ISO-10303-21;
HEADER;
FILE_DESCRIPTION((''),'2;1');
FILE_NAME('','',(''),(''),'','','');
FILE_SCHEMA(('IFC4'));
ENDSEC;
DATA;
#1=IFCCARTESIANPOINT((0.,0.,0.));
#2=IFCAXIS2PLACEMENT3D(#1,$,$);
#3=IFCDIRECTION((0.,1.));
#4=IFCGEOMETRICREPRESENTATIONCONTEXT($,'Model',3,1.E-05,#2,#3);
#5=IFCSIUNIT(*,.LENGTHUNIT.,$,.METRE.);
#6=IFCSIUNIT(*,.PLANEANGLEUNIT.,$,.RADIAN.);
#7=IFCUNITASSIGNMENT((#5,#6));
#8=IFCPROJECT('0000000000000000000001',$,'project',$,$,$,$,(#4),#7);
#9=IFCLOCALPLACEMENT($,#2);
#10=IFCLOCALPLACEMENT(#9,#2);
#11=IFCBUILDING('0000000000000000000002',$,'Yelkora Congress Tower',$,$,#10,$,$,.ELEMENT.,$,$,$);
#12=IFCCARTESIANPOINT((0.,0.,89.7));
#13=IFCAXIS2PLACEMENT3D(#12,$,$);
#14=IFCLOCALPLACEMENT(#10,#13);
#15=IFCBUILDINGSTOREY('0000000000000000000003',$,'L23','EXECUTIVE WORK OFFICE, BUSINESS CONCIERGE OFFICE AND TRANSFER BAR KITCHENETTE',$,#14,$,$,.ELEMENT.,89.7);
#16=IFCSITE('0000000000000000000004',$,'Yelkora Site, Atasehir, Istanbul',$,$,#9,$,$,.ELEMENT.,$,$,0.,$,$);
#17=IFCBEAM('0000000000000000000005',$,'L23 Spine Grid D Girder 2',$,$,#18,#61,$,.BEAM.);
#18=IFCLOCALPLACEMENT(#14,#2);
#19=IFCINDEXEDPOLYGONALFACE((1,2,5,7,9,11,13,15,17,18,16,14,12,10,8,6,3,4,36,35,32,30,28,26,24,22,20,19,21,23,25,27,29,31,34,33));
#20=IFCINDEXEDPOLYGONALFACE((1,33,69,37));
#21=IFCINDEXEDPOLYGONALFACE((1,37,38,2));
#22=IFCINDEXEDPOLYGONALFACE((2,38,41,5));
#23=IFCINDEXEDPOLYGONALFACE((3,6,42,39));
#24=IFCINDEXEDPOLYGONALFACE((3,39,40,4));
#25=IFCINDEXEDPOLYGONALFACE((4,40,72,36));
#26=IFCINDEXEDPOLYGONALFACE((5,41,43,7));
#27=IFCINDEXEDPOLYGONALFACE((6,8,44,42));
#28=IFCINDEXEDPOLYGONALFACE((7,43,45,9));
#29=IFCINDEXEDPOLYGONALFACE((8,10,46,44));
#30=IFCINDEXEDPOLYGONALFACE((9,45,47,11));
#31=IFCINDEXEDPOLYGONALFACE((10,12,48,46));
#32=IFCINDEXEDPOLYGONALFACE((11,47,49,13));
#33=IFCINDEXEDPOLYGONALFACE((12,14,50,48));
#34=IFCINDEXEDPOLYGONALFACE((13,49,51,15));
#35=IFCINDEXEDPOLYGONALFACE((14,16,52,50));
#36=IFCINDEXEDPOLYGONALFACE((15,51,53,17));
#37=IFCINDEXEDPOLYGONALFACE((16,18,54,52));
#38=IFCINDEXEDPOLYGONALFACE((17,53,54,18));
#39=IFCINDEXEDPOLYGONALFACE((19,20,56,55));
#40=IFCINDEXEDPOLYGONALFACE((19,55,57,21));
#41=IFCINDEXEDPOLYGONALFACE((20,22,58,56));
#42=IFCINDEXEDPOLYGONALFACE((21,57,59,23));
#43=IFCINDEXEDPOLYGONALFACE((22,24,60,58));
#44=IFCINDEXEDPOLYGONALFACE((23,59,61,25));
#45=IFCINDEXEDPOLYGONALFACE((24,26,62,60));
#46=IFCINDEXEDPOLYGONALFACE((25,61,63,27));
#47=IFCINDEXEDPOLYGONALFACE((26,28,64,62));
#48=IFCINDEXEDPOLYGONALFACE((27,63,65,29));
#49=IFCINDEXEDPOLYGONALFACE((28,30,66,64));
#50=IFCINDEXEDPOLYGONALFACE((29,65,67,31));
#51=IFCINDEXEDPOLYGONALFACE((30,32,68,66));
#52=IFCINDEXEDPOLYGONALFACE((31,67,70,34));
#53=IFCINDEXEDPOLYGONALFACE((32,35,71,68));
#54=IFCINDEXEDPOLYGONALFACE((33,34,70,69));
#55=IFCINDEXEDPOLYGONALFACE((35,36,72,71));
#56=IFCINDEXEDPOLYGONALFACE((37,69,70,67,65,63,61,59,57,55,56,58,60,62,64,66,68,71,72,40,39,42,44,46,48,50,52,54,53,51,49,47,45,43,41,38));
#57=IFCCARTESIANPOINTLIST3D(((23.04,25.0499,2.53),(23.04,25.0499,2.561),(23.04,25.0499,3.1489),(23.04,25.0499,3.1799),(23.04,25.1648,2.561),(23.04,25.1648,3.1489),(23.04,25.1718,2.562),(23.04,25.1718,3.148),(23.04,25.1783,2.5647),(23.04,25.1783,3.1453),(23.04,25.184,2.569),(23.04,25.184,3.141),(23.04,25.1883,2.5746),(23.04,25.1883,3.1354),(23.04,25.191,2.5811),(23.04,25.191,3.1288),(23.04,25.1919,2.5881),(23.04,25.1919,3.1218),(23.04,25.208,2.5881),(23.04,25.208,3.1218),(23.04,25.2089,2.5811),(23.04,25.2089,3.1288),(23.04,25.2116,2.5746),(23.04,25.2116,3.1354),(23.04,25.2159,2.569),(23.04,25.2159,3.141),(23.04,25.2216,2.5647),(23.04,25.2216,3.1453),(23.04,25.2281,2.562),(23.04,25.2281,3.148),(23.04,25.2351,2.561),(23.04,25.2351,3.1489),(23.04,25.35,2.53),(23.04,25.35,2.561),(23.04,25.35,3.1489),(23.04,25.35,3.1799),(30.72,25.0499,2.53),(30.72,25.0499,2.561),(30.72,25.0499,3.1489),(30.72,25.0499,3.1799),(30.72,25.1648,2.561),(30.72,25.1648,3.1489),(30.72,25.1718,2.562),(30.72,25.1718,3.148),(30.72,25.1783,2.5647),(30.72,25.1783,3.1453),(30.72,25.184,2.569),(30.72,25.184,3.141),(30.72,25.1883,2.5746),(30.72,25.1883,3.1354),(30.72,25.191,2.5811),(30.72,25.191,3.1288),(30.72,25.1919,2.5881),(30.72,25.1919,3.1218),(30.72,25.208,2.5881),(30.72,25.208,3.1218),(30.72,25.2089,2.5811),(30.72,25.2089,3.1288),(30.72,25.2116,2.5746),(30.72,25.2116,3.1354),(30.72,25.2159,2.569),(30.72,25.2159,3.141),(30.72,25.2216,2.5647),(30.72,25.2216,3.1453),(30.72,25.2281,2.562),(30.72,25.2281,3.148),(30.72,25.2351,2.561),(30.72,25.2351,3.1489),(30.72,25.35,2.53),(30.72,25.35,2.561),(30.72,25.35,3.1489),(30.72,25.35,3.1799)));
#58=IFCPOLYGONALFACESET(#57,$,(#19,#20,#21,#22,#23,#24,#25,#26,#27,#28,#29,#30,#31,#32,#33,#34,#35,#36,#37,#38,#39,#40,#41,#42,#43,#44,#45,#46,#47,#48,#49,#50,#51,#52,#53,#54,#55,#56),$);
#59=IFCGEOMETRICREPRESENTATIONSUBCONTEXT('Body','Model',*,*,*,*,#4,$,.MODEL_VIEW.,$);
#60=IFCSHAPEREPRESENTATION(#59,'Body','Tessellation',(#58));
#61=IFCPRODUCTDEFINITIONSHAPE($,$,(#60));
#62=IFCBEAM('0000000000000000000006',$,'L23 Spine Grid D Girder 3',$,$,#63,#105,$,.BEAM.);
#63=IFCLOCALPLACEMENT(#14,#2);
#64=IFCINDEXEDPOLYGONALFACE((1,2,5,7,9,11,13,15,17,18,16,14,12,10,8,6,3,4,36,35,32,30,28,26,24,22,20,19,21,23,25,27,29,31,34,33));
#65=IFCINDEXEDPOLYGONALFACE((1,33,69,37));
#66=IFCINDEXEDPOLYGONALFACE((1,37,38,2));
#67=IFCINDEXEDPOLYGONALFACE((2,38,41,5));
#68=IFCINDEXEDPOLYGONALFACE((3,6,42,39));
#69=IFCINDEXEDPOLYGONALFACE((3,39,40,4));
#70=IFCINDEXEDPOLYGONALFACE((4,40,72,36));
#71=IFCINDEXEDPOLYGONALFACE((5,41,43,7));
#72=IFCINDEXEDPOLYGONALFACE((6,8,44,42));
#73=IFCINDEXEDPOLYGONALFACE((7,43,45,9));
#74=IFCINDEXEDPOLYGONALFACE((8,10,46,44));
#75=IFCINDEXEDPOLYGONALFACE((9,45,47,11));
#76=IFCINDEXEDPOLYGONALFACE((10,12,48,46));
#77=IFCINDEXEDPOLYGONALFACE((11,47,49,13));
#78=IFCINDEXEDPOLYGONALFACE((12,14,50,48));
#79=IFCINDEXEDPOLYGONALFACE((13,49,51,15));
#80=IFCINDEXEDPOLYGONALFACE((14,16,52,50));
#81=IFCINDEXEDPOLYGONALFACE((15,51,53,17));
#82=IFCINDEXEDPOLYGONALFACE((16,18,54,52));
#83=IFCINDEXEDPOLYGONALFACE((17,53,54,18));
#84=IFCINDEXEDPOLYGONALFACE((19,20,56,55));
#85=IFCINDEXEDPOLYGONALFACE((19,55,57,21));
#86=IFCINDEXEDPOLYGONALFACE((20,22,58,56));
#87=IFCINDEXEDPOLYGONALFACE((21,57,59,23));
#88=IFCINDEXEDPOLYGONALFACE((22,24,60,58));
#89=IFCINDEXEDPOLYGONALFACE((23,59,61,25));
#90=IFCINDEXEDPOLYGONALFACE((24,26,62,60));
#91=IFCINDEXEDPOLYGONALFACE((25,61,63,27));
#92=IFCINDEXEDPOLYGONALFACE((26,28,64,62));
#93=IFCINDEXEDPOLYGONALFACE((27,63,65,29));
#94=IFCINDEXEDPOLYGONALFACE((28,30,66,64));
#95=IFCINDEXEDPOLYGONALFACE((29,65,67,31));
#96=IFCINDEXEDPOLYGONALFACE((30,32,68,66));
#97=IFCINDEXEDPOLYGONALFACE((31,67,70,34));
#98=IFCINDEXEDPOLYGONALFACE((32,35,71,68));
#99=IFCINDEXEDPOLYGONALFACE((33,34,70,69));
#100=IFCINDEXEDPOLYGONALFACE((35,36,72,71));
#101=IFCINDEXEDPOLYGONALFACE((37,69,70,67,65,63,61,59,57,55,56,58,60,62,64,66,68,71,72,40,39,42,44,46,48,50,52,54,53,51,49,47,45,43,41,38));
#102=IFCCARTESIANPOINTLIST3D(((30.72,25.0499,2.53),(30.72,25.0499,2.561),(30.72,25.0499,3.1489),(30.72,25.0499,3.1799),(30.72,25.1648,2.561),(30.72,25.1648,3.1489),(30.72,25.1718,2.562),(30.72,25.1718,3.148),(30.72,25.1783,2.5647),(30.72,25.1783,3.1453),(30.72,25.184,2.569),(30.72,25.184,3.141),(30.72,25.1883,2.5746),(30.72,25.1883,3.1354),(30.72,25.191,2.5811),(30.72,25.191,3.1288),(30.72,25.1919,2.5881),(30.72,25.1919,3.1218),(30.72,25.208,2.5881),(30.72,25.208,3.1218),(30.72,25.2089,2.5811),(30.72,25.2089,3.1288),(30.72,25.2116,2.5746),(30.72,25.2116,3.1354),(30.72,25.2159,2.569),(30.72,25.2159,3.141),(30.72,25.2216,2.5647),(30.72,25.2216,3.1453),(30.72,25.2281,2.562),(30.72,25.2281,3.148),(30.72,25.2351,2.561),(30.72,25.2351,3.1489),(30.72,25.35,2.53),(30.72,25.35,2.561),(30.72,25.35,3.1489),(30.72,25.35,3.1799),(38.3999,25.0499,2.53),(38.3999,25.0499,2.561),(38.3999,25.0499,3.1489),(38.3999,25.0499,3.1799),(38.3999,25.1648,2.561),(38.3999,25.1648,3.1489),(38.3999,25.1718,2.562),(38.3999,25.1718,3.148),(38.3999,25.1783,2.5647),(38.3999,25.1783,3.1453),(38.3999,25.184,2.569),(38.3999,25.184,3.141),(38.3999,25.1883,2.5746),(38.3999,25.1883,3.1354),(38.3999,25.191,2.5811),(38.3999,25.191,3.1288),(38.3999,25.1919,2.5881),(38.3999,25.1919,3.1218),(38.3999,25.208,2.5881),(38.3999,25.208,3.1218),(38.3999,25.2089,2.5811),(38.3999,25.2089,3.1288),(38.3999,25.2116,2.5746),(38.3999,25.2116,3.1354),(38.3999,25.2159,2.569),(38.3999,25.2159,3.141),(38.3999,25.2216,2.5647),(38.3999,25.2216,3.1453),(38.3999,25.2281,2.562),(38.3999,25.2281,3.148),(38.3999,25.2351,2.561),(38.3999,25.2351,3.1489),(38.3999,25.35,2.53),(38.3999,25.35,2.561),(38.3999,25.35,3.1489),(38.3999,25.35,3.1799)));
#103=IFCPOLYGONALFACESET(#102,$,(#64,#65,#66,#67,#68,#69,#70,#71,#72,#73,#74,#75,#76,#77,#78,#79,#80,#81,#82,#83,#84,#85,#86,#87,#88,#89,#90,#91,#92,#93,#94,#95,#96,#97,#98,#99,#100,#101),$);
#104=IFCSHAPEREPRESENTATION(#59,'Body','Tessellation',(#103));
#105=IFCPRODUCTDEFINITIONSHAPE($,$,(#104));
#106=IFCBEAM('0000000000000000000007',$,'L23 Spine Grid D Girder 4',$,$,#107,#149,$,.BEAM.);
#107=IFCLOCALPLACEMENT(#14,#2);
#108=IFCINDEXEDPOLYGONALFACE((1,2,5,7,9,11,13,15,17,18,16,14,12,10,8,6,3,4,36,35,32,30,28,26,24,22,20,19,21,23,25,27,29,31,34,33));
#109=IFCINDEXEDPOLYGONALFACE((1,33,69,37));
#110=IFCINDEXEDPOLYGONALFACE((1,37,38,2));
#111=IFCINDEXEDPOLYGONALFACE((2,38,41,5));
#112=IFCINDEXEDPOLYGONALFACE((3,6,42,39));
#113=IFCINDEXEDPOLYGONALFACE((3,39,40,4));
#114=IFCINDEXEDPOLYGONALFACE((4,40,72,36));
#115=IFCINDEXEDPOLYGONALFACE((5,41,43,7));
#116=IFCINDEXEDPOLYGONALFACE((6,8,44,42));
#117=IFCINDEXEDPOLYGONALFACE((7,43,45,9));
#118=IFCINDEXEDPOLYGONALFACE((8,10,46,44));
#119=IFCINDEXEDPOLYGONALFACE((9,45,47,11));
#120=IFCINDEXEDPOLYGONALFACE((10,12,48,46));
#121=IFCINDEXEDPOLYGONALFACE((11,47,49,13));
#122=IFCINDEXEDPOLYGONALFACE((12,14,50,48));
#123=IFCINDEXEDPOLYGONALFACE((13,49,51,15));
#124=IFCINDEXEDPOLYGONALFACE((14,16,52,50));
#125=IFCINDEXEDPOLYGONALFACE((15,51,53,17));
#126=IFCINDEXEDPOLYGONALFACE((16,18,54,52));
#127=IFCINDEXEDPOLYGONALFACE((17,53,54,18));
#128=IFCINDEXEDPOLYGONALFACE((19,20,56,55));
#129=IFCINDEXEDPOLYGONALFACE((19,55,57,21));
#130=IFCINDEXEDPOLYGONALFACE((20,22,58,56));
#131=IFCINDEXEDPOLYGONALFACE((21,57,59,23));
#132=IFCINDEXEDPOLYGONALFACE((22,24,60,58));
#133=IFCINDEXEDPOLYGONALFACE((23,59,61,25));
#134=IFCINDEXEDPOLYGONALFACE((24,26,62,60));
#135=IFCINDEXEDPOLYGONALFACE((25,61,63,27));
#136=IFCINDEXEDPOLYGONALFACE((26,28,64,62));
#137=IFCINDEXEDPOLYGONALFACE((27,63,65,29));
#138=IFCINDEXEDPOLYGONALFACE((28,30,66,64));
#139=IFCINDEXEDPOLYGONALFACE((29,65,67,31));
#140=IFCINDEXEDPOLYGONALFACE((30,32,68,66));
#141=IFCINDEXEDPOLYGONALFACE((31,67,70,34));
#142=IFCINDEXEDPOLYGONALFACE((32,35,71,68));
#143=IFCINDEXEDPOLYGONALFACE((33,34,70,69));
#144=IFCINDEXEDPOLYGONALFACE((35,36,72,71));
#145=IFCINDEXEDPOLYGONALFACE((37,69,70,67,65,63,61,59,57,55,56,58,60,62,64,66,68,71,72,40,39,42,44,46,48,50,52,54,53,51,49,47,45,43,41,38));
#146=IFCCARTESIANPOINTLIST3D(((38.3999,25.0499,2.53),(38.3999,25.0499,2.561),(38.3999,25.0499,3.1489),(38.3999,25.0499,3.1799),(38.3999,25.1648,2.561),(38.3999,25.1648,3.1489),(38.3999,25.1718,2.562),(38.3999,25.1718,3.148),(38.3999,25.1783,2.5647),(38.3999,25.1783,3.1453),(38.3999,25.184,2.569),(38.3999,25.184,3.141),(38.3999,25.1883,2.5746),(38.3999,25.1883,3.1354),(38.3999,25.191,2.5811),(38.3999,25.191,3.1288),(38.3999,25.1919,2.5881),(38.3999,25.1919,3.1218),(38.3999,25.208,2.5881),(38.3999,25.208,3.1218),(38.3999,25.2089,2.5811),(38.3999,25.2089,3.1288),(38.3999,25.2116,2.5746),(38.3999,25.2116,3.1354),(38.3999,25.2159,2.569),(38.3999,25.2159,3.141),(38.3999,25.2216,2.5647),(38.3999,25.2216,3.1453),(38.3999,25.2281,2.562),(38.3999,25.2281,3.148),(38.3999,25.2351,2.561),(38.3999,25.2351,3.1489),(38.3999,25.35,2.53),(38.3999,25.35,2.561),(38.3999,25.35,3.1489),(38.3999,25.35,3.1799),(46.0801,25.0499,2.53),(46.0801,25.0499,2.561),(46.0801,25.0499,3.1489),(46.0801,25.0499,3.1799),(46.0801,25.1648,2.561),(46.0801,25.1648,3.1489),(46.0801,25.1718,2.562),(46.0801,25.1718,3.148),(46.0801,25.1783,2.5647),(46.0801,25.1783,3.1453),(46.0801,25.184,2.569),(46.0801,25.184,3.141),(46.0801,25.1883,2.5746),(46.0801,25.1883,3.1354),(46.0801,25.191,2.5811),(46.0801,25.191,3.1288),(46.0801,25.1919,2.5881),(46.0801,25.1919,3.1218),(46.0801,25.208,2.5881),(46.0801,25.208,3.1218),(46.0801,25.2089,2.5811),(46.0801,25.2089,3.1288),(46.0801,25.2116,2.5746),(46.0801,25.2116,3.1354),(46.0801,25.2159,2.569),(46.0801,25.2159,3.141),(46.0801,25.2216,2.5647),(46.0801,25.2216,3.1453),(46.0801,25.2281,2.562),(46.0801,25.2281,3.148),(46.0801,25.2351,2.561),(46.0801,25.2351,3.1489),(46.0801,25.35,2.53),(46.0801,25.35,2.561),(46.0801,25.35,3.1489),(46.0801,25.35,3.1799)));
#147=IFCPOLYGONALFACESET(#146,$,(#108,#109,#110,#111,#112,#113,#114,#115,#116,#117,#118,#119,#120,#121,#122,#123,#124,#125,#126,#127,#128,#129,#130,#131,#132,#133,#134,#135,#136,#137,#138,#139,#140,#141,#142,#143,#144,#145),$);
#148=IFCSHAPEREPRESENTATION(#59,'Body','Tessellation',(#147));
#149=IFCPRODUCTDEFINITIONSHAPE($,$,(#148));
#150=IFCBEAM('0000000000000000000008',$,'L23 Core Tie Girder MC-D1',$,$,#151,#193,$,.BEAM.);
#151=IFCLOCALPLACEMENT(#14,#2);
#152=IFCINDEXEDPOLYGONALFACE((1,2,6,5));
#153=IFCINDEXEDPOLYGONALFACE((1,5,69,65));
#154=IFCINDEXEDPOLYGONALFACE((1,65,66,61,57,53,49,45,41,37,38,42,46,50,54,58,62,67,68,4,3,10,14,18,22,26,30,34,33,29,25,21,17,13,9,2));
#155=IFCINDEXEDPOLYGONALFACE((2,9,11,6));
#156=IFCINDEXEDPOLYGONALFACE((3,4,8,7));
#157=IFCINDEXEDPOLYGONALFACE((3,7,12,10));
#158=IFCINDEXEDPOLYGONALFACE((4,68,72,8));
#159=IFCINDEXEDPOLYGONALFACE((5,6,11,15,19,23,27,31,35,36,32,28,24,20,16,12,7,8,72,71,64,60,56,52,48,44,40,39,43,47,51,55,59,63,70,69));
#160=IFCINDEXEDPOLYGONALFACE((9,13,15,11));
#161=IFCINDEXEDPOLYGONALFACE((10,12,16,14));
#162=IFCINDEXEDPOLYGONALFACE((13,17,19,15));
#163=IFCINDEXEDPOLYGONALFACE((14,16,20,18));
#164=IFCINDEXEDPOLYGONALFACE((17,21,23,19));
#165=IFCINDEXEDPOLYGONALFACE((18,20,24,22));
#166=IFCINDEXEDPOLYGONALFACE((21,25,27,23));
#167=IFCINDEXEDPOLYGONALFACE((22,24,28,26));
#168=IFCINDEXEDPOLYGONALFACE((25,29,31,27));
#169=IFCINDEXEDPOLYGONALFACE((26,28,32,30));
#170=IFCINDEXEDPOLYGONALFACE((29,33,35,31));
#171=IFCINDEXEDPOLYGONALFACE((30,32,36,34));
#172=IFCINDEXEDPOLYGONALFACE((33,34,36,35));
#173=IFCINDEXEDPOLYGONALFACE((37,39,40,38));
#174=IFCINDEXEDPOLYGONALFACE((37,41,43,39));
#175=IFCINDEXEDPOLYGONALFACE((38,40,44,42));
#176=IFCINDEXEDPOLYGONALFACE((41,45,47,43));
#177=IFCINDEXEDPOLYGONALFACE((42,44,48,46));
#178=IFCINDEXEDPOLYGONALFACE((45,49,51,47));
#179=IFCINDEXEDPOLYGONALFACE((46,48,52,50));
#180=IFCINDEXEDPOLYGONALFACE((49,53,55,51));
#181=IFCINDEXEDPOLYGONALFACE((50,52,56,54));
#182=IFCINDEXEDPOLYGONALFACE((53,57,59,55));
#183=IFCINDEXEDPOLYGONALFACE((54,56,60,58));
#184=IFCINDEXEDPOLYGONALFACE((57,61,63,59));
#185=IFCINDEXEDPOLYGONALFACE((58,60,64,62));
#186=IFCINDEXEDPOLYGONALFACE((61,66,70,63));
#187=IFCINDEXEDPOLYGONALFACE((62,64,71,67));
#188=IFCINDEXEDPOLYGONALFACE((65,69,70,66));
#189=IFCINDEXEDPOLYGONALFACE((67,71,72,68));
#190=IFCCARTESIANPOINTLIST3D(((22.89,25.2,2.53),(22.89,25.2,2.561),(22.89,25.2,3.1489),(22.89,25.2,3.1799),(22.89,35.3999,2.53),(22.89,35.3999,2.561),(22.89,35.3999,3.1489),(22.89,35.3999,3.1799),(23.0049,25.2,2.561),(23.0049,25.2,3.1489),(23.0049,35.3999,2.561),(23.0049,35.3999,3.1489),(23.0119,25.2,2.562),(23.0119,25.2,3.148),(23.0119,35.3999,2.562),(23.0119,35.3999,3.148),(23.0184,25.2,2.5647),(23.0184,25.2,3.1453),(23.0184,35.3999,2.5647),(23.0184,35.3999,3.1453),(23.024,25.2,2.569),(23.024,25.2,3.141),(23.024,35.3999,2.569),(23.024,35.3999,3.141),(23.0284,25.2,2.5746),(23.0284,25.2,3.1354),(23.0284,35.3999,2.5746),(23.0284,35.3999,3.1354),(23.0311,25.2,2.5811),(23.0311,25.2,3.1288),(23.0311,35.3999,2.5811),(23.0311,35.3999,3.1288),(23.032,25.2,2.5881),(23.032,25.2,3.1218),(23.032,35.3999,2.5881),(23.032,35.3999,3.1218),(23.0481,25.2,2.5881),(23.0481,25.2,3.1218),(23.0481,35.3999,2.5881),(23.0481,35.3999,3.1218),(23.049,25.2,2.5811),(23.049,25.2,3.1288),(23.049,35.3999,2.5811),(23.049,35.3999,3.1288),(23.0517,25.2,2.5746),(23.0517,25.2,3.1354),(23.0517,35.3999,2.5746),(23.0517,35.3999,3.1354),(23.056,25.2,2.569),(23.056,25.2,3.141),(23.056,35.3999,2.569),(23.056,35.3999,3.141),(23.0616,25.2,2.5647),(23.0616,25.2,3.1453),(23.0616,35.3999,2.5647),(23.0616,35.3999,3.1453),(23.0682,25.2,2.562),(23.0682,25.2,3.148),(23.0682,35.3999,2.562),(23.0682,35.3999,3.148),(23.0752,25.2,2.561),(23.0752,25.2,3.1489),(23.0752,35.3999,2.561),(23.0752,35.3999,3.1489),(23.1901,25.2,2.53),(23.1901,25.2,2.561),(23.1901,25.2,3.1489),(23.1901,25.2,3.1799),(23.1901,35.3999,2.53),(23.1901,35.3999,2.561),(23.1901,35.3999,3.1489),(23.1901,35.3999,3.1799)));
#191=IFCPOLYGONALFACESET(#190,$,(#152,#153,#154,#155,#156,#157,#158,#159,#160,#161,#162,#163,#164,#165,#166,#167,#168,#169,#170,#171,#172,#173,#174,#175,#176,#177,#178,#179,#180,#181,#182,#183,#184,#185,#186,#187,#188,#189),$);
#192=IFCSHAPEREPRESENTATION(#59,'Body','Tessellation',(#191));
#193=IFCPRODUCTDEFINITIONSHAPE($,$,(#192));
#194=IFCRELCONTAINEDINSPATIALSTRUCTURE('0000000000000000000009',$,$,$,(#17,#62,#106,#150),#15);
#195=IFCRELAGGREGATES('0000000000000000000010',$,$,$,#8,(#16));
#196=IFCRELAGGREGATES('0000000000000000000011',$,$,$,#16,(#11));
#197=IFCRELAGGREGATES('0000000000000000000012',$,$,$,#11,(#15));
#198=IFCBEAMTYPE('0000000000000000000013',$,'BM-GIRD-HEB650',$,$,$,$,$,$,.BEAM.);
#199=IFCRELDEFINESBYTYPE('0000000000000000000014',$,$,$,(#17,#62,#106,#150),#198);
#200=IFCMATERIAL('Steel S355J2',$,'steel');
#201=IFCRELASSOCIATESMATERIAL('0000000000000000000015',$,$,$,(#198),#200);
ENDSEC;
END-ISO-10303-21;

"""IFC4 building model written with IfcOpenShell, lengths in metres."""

from ifc_helpers import new_model, si_unit, direction, frame, origin, origin_2d, place, context, subcontext, project, spatial, i_section, extrude, material, material_profile, profile_set, type_object, element, save


model = new_model("IFC4")

# Units and contexts
model_context = context("Model", 3, precision=1e-05, world=origin(), true_north=direction((0.0, 1.0)))
body_context = subcontext(model_context, "Body", "Model", "MODEL_VIEW")
ifc_project = project(units=[si_unit("LENGTHUNIT", "METRE"), si_unit("PLANEANGLEUNIT", "RADIAN")], contexts=[model_context])

# Site, building, storey
site_placement = place(None, origin())
site = spatial("IfcSite", under=ifc_project, at=site_placement, Name="Yelkora Site, Atasehir, Istanbul", CompositionType="ELEMENT", RefElevation=0.0)
building_placement = place(site_placement, origin())
building = spatial("IfcBuilding", under=site, at=building_placement, Name="Yelkora Congress Tower", CompositionType="ELEMENT")
storey_placement = place(building_placement, frame((0.0, 0.0, 89.7)))
storey = spatial("IfcBuildingStorey", under=building, at=storey_placement, Name="L23", Description="EXECUTIVE WORK OFFICE, BUSINESS CONCIERGE OFFICE AND TRANSFER BAR KITCHENETTE", CompositionType="ELEMENT", Elevation=89.7)

# Beams
ifc_material_1 = material(Name="Steel S355J2", Category="steel")
ifc_material_profile_1 = material_profile(ifc_material_1, i_section(OverallWidth=0.3, OverallDepth=0.6499, WebThickness=0.0161, FlangeThickness=0.031, FilletRadius=0.0271, at=origin_2d()), Name="HEB 650")
ifc_profile_set_1 = profile_set([ifc_material_profile_1], Name="Steel S355J2")
beam_type_1 = type_object("IfcBeamType", Name="BM-GIRD-HEB650", PredefinedType="BEAM", material=ifc_profile_set_1)
for number, where, z_axis, x_axis, name in (
    (1, (23.04, 25.2, 2.855), (1.0, 0.0, 0.0), (0.0, 1.0, 0.0), "L23 Spine Grid D Girder 2"),
    (2, (30.72, 25.2, 2.855), (1.0, 0.0, 0.0), (0.0, 1.0, 0.0), "L23 Spine Grid D Girder 3"),
):
    element("IfcBeam", number, at=place(storey_placement, frame(where, z_axis=z_axis, x_axis=x_axis)), inside=storey, type_object=beam_type_1, Name=name, PredefinedType="BEAM", context=body_context, shape_type="SweptSolid", body=[
        extrude(i_section(OverallWidth=0.3, OverallDepth=0.6499, WebThickness=0.0161, FlangeThickness=0.031, FilletRadius=0.0271, at=origin_2d()), origin(), (0.0, 0.0, 1.0), 7.6799),
    ])
beam_1_placement = place(storey_placement, frame((38.3999, 25.2, 2.855), z_axis=(1.0, 0.0, 0.0), x_axis=(0.0, 1.0, 0.0)))
element("IfcBeam", 3, at=beam_1_placement, inside=storey, type_object=beam_type_1, Name="L23 Spine Grid D Girder 4", PredefinedType="BEAM", context=body_context, shape_type="SweptSolid", body=[
    extrude(i_section(OverallWidth=0.3, OverallDepth=0.6499, WebThickness=0.0161, FlangeThickness=0.031, FilletRadius=0.0271, at=origin_2d()), origin(), (0.0, 0.0, 1.0), 7.6802),
])
for number, where, z_axis, x_axis, name in (
    (4, (23.04, 25.2, 2.855), (0.0, 1.0, 0.0), (-1.0, 0.0, 0.0), "L23 Core Tie Girder MC-D1"),
):
    element("IfcBeam", number, at=place(storey_placement, frame(where, z_axis=z_axis, x_axis=x_axis)), inside=storey, type_object=beam_type_1, Name=name, PredefinedType="BEAM", context=body_context, shape_type="SweptSolid", body=[
        extrude(i_section(OverallWidth=0.3, OverallDepth=0.6499, WebThickness=0.0161, FlangeThickness=0.031, FilletRadius=0.0271, at=origin_2d()), origin(), (0.0, 0.0, 1.0), 10.2),
    ])

save(model, "model.ifc")
